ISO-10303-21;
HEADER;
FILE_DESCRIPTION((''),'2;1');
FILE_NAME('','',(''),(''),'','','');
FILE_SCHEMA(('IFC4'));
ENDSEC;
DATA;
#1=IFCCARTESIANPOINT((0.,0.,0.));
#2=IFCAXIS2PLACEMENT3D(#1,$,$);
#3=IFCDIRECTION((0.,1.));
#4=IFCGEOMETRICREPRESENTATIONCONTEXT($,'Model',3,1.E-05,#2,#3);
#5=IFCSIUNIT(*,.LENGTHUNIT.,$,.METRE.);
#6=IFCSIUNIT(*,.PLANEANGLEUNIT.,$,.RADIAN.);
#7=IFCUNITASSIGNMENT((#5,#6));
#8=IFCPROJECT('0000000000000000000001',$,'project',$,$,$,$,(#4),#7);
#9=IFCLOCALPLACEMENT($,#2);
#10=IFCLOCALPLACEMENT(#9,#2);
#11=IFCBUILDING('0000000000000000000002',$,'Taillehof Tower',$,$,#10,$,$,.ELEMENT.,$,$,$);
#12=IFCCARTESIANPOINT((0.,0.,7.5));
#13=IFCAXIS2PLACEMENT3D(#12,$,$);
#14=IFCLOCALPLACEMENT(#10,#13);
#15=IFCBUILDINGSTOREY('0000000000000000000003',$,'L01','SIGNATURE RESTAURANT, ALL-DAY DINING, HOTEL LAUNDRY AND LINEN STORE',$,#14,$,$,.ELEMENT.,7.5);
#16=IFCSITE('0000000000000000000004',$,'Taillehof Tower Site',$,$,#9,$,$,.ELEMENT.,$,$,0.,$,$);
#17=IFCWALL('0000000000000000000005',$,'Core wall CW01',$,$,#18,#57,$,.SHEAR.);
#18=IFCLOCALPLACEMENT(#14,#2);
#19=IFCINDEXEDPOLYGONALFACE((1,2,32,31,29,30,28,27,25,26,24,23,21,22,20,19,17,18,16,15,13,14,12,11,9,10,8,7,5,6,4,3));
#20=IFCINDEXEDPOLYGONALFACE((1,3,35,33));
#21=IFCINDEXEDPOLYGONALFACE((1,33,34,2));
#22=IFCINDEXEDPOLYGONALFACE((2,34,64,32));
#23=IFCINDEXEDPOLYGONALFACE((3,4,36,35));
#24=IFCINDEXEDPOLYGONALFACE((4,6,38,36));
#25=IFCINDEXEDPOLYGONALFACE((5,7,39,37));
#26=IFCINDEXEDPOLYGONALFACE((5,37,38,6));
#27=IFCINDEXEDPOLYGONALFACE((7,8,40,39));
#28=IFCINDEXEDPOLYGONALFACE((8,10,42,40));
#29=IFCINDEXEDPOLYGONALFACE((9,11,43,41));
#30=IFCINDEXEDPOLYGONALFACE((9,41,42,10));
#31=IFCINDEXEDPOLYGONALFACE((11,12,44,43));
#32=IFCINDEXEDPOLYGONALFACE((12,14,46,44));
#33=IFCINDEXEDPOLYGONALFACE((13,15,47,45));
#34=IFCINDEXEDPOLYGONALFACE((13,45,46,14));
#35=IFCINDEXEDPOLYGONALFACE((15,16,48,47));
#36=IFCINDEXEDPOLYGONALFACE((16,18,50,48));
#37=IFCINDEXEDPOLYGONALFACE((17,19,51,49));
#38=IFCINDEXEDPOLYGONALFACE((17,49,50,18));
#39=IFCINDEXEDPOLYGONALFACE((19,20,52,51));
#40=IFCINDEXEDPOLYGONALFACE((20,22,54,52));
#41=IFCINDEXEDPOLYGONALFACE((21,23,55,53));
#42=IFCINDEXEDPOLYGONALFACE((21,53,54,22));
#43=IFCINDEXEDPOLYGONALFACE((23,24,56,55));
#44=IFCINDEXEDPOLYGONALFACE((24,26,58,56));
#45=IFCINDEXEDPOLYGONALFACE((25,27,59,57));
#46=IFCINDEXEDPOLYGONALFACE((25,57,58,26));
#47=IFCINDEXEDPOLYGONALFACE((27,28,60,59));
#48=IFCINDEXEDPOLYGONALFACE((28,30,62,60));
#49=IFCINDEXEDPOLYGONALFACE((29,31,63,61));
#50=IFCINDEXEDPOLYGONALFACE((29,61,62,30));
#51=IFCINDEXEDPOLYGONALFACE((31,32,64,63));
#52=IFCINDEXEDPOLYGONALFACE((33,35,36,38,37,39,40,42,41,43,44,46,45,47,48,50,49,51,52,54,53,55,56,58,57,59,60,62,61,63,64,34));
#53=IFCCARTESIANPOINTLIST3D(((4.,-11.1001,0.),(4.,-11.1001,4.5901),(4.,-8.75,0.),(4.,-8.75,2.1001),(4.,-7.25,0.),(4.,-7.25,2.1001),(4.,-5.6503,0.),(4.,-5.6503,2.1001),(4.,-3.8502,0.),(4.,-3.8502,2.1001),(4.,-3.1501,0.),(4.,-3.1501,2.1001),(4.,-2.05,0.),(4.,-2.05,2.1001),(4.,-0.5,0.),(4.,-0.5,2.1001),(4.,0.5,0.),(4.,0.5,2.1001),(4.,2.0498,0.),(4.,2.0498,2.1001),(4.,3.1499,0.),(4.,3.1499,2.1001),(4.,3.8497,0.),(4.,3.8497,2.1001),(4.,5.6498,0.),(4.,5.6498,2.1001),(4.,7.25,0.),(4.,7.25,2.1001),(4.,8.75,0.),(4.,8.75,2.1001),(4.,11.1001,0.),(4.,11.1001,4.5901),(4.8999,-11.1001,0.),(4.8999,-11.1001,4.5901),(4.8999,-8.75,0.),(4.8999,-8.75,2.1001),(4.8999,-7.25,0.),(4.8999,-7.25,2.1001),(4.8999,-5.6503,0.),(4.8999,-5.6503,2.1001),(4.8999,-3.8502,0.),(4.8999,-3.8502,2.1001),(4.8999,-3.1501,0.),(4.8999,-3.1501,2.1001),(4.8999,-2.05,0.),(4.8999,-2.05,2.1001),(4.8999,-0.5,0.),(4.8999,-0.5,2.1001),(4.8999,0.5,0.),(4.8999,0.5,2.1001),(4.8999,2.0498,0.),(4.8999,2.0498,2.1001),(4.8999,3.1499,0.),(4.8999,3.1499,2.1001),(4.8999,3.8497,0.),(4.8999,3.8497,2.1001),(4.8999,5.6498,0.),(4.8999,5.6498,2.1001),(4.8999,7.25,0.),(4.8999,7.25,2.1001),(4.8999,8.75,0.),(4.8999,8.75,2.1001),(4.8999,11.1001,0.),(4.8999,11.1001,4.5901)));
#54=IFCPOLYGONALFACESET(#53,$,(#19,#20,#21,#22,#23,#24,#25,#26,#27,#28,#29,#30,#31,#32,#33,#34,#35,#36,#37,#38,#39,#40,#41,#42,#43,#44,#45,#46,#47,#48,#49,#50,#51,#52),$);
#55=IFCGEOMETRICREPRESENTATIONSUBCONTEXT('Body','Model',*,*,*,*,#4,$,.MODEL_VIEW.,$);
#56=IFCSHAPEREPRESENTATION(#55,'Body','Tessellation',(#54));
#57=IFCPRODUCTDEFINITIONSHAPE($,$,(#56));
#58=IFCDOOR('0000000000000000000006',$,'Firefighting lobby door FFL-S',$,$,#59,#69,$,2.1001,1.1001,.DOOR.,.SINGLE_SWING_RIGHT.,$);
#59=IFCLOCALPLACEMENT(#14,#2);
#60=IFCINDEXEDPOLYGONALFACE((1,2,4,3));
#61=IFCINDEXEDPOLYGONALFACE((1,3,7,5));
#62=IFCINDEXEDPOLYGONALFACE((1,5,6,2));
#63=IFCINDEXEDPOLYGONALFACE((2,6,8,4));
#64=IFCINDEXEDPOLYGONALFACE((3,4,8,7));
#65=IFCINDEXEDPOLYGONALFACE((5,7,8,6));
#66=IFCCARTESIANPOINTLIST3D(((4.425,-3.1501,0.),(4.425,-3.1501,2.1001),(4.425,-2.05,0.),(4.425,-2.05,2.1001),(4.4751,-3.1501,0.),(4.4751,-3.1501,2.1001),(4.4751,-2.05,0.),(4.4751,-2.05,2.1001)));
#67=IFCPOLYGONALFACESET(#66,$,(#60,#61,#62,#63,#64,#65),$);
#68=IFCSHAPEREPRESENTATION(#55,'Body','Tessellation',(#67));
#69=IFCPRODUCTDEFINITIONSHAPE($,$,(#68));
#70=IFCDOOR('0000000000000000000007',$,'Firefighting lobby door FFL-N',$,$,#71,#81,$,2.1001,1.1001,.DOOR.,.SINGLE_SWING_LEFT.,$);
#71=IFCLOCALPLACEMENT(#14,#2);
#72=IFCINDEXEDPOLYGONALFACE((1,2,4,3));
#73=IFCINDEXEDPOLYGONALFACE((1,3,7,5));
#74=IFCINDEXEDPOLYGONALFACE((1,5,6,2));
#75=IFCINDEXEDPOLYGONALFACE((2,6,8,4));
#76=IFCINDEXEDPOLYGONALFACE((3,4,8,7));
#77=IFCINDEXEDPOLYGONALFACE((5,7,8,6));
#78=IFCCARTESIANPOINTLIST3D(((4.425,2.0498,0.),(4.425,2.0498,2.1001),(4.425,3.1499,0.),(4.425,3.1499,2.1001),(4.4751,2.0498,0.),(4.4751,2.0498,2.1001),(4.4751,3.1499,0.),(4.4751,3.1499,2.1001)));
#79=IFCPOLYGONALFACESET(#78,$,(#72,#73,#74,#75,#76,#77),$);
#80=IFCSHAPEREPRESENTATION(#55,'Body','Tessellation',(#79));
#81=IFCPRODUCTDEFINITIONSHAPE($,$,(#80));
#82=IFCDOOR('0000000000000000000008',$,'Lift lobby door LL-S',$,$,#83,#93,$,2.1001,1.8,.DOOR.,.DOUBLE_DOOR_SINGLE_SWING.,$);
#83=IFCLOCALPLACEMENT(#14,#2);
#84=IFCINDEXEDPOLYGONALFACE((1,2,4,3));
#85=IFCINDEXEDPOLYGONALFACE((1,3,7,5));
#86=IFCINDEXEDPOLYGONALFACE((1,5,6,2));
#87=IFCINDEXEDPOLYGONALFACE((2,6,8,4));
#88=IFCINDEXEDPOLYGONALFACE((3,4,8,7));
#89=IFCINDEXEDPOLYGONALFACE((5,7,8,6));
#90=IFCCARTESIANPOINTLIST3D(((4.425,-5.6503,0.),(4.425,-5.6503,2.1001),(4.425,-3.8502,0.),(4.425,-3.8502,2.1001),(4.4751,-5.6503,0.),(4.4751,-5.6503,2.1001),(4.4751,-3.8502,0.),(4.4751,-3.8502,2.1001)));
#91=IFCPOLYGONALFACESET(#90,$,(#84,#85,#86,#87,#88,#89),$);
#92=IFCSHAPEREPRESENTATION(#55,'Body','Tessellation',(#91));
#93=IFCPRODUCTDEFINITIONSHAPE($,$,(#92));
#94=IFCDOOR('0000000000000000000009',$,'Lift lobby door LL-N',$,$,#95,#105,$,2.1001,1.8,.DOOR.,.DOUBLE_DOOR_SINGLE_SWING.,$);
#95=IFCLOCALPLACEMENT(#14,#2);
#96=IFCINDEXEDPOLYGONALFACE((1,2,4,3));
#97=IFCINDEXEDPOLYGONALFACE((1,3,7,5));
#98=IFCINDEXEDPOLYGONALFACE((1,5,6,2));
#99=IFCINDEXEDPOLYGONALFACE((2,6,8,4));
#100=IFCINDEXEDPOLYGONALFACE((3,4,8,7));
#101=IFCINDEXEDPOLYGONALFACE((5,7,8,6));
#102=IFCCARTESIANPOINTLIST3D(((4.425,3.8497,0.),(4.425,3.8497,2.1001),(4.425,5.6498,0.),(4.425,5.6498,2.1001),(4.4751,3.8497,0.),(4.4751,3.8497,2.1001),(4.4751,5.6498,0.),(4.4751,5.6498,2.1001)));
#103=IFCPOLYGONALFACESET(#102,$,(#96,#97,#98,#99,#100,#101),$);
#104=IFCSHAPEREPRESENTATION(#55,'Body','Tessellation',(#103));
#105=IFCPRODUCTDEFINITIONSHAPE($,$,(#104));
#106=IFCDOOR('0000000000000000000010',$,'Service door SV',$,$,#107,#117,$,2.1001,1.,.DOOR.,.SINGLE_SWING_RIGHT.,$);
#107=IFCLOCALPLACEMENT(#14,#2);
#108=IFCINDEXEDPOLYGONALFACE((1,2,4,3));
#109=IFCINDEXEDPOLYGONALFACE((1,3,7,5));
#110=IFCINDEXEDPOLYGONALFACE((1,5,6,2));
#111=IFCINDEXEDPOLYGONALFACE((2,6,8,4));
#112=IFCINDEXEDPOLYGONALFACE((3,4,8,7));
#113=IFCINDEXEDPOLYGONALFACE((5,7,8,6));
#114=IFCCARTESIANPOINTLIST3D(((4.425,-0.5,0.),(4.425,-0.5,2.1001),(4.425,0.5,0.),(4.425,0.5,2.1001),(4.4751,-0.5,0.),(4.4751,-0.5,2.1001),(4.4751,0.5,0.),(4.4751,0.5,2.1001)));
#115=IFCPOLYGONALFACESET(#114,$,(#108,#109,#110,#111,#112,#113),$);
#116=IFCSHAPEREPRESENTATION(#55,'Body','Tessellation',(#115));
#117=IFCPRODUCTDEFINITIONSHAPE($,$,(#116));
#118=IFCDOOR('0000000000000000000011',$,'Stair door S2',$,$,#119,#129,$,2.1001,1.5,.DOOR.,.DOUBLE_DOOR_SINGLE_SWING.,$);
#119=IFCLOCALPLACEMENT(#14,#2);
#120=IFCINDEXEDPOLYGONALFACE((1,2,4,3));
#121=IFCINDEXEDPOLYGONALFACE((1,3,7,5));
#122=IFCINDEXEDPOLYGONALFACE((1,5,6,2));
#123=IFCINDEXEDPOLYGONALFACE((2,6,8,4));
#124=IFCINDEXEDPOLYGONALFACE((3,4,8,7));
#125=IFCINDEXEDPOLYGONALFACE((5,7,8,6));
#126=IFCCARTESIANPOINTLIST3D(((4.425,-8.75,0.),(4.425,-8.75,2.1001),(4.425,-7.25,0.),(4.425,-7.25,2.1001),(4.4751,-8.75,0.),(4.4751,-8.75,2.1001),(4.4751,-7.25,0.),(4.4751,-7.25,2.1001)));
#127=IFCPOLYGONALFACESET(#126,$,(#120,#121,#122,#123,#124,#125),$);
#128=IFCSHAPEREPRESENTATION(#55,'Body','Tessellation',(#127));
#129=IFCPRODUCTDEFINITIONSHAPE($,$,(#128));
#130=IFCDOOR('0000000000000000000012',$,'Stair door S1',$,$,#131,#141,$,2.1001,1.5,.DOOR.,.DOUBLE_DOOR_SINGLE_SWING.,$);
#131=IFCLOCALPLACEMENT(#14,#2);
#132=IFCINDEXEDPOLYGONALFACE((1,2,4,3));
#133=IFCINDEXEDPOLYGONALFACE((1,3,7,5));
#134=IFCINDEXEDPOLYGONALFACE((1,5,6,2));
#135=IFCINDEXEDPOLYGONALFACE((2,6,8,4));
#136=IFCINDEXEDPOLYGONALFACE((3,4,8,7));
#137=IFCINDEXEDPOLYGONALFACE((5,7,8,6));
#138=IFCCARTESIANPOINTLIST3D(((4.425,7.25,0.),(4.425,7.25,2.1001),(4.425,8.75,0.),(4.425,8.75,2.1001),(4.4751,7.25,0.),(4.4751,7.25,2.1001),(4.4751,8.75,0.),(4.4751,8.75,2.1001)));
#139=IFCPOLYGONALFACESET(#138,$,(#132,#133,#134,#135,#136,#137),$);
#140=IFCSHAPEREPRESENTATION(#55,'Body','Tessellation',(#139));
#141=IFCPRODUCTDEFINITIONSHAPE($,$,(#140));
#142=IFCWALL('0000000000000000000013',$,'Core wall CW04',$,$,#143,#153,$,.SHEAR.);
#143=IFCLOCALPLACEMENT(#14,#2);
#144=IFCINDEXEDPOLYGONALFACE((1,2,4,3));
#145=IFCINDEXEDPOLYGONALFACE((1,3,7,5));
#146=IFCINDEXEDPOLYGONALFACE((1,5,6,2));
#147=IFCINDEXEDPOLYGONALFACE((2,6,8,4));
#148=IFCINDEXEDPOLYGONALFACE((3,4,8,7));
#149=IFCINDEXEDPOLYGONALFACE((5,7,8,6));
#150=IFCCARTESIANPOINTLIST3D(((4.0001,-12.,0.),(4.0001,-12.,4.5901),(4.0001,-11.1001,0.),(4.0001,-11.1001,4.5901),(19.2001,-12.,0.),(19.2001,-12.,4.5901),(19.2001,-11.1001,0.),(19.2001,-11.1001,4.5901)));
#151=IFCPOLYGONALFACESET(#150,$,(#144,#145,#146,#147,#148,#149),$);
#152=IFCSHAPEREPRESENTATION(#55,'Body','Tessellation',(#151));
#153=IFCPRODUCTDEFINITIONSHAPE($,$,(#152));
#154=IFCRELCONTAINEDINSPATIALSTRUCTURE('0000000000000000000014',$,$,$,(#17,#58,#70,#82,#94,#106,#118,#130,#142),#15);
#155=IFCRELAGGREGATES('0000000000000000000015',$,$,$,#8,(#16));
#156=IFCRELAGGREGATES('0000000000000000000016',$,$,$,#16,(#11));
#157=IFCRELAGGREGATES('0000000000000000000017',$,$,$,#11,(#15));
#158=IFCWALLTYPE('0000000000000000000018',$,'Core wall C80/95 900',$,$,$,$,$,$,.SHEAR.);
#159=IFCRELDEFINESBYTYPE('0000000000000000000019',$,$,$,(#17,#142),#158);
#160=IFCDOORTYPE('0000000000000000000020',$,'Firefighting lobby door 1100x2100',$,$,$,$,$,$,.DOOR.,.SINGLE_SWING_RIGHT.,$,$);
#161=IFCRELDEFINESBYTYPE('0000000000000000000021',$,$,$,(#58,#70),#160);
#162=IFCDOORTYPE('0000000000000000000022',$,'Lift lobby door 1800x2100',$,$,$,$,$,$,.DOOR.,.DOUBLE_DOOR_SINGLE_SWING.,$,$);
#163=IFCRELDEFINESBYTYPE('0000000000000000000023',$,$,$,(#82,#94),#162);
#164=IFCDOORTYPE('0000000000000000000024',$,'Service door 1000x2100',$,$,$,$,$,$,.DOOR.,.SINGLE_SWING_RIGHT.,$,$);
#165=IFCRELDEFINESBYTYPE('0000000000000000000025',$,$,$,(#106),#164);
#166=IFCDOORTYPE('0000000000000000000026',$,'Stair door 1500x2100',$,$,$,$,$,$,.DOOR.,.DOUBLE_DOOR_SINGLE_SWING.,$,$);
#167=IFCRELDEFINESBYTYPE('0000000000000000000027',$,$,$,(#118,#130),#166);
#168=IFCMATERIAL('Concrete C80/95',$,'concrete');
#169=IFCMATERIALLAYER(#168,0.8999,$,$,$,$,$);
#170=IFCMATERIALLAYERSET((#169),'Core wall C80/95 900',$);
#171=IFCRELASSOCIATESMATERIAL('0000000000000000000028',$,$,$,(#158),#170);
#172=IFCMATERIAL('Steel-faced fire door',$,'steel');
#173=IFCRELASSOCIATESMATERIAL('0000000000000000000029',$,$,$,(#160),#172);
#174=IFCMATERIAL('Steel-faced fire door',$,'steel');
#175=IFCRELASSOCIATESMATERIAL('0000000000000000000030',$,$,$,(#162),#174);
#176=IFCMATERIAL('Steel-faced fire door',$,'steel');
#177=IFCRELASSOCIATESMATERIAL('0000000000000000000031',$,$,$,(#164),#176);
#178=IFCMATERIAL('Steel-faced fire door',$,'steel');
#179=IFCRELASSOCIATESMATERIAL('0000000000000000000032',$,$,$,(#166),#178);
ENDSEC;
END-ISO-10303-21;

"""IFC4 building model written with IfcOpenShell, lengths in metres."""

from ifc_helpers import new_model, si_unit, direction, frame, frame_2d, origin, place, context, subcontext, project, spatial, rectangle, extrude, material, layer, layer_set, type_object, element, fill, save


model = new_model("IFC4")

# Units and contexts
model_context = context("Model", 3, precision=1e-05, world=origin(), true_north=direction((0.0, 1.0)))
body_context = subcontext(model_context, "Body", "Model", "MODEL_VIEW")
ifc_project = project(units=[si_unit("LENGTHUNIT", "METRE"), si_unit("PLANEANGLEUNIT", "RADIAN")], contexts=[model_context])

# Site, building, storey
site_placement = place(None, origin())
site = spatial("IfcSite", under=ifc_project, at=site_placement, Name="Taillehof Tower Site", CompositionType="ELEMENT", RefElevation=0.0)
building_placement = place(site_placement, origin())
building = spatial("IfcBuilding", under=site, at=building_placement, Name="Taillehof Tower", CompositionType="ELEMENT")
storey_placement = place(building_placement, frame((0.0, 0.0, 7.5)))
storey = spatial("IfcBuildingStorey", under=building, at=storey_placement, Name="L01", Description="SIGNATURE RESTAURANT, ALL-DAY DINING, HOTEL LAUNDRY AND LINEN STORE", CompositionType="ELEMENT", Elevation=7.5)

# Wall, openings, doors
ifc_material_1 = material(Name="Concrete C80/95", Category="concrete")
ifc_layer_1 = layer(ifc_material_1, 0.8999)
ifc_layer_set_1 = layer_set([ifc_layer_1], Name="Core wall C80/95 900")
wall_type_1 = type_object("IfcWallType", Name="Core wall C80/95 900", PredefinedType="SHEAR", material=ifc_layer_set_1)
wall_1_placement = place(storey_placement, frame((4.45, -11.1001, 0.0), z_axis=(0.0, 0.0, 1.0), x_axis=(0.0, 1.0, 0.0)))
wall_1 = element("IfcWall", 1, at=wall_1_placement, inside=storey, type_object=wall_type_1, Name="Core wall CW01", PredefinedType="SHEAR", context=body_context, shape_type="SweptSolid", body=[
    extrude(rectangle(XDim=22.2002, YDim=0.8999, at=frame_2d((11.1001, 0.0))), origin(), (0.0, 0.0, 1.0), 4.5901),
])
opening_1_placement = place(wall_1_placement, frame((2.3501, 0.0, 0.0)))
opening_1 = element("IfcOpeningElement", 2, at=opening_1_placement, cuts=wall_1, PredefinedType="OPENING", context=body_context, shape_type="SweptSolid", body=[
    extrude(rectangle(XDim=1.5, YDim=2.1001, at=frame_2d((0.75, 1.05))), frame((0.0, 0.46, 0.0), z_axis=(0.0, -1.0, 0.0), x_axis=(1.0, 0.0, 0.0)), (0.0, 0.0, 1.0), 0.9199),
])
opening_2_placement = place(wall_1_placement, frame((5.45, 0.0, 0.0)))
opening_2 = element("IfcOpeningElement", 3, at=opening_2_placement, cuts=wall_1, PredefinedType="OPENING", context=body_context, shape_type="SweptSolid", body=[
    extrude(rectangle(XDim=1.8, YDim=2.1001, at=frame_2d((0.8999, 1.05))), frame((0.0, 0.46, 0.0), z_axis=(0.0, -1.0, 0.0), x_axis=(1.0, 0.0, 0.0)), (0.0, 0.0, 1.0), 0.9199),
])
opening_3_placement = place(wall_1_placement, frame((7.95, 0.0, 0.0)))
opening_3 = element("IfcOpeningElement", 4, at=opening_3_placement, cuts=wall_1, PredefinedType="OPENING", context=body_context, shape_type="SweptSolid", body=[
    extrude(rectangle(XDim=1.1001, YDim=2.1001, at=frame_2d((0.55, 1.05))), frame((0.0, 0.46, 0.0), z_axis=(0.0, -1.0, 0.0), x_axis=(1.0, 0.0, 0.0)), (0.0, 0.0, 1.0), 0.9199),
])
opening_4_placement = place(wall_1_placement, frame((10.6001, 0.0, 0.0)))
opening_4 = element("IfcOpeningElement", 5, at=opening_4_placement, cuts=wall_1, PredefinedType="OPENING", context=body_context, shape_type="SweptSolid", body=[
    extrude(rectangle(XDim=1.0, YDim=2.1001, at=frame_2d((0.5, 1.05))), frame((0.0, 0.46, 0.0), z_axis=(0.0, -1.0, 0.0), x_axis=(1.0, 0.0, 0.0)), (0.0, 0.0, 1.0), 0.9199),
])
opening_5_placement = place(wall_1_placement, frame((13.1499, 0.0, 0.0)))
opening_5 = element("IfcOpeningElement", 6, at=opening_5_placement, cuts=wall_1, PredefinedType="OPENING", context=body_context, shape_type="SweptSolid", body=[
    extrude(rectangle(XDim=1.1001, YDim=2.1001, at=frame_2d((0.55, 1.05))), frame((0.0, 0.46, 0.0), z_axis=(0.0, -1.0, 0.0), x_axis=(1.0, 0.0, 0.0)), (0.0, 0.0, 1.0), 0.9199),
])
opening_6_placement = place(wall_1_placement, frame((14.95, 0.0, 0.0)))
opening_6 = element("IfcOpeningElement", 7, at=opening_6_placement, cuts=wall_1, PredefinedType="OPENING", context=body_context, shape_type="SweptSolid", body=[
    extrude(rectangle(XDim=1.8, YDim=2.1001, at=frame_2d((0.8999, 1.05))), frame((0.0, 0.46, 0.0), z_axis=(0.0, -1.0, 0.0), x_axis=(1.0, 0.0, 0.0)), (0.0, 0.0, 1.0), 0.9199),
])
opening_7_placement = place(wall_1_placement, frame((18.3501, 0.0, 0.0)))
opening_7 = element("IfcOpeningElement", 8, at=opening_7_placement, cuts=wall_1, PredefinedType="OPENING", context=body_context, shape_type="SweptSolid", body=[
    extrude(rectangle(XDim=1.5, YDim=2.1001, at=frame_2d((0.75, 1.05))), frame((0.0, 0.46, 0.0), z_axis=(0.0, -1.0, 0.0), x_axis=(1.0, 0.0, 0.0)), (0.0, 0.0, 1.0), 0.9199),
])
ifc_material_2 = material(Name="Steel-faced fire door", Category="steel")
door_type_1 = type_object("IfcDoorType", Name="Firefighting lobby door 1100x2100", OperationType="SINGLE_SWING_RIGHT", PredefinedType="DOOR", material=ifc_material_2)
door_1_placement = place(opening_3_placement, origin())
door_1 = element("IfcDoor", 9, at=door_1_placement, inside=storey, type_object=door_type_1, Name="Firefighting lobby door FFL-S", OperationType="SINGLE_SWING_RIGHT", OverallHeight=2.1001, OverallWidth=1.1001, PredefinedType="DOOR", context=body_context, shape_type="SweptSolid", body=[
    extrude(rectangle(XDim=1.1001, YDim=2.1001, at=frame_2d((0.55, 1.05))), frame((0.0, 0.0249, 0.0), z_axis=(0.0, -1.0, 0.0), x_axis=(1.0, 0.0, 0.0)), (0.0, 0.0, 1.0), 0.05),
])
fill(opening_3, door_1)
door_2_placement = place(opening_5_placement, origin())
door_2 = element("IfcDoor", 10, at=door_2_placement, inside=storey, type_object=door_type_1, Name="Firefighting lobby door FFL-N", OperationType="SINGLE_SWING_LEFT", OverallHeight=2.1001, OverallWidth=1.1001, PredefinedType="DOOR", context=body_context, shape_type="SweptSolid", body=[
    extrude(rectangle(XDim=1.1001, YDim=2.1001, at=frame_2d((0.55, 1.05))), frame((0.0, 0.0249, 0.0), z_axis=(0.0, -1.0, 0.0), x_axis=(1.0, 0.0, 0.0)), (0.0, 0.0, 1.0), 0.05),
])
fill(opening_5, door_2)
ifc_material_3 = material(Name="Steel-faced fire door", Category="steel")
door_type_2 = type_object("IfcDoorType", Name="Lift lobby door 1800x2100", OperationType="DOUBLE_DOOR_SINGLE_SWING", PredefinedType="DOOR", material=ifc_material_3)
door_3_placement = place(opening_2_placement, origin())
door_3 = element("IfcDoor", 11, at=door_3_placement, inside=storey, type_object=door_type_2, Name="Lift lobby door LL-S", OperationType="DOUBLE_DOOR_SINGLE_SWING", OverallHeight=2.1001, OverallWidth=1.8, PredefinedType="DOOR", context=body_context, shape_type="SweptSolid", body=[
    extrude(rectangle(XDim=1.8, YDim=2.1001, at=frame_2d((0.8999, 1.05))), frame((0.0, 0.0249, 0.0), z_axis=(0.0, -1.0, 0.0), x_axis=(1.0, 0.0, 0.0)), (0.0, 0.0, 1.0), 0.05),
])
fill(opening_2, door_3)
door_4_placement = place(opening_6_placement, origin())
door_4 = element("IfcDoor", 12, at=door_4_placement, inside=storey, type_object=door_type_2, Name="Lift lobby door LL-N", OperationType="DOUBLE_DOOR_SINGLE_SWING", OverallHeight=2.1001, OverallWidth=1.8, PredefinedType="DOOR", context=body_context, shape_type="SweptSolid", body=[
    extrude(rectangle(XDim=1.8, YDim=2.1001, at=frame_2d((0.8999, 1.05))), frame((0.0, 0.0249, 0.0), z_axis=(0.0, -1.0, 0.0), x_axis=(1.0, 0.0, 0.0)), (0.0, 0.0, 1.0), 0.05),
])
fill(opening_6, door_4)
ifc_material_4 = material(Name="Steel-faced fire door", Category="steel")
door_type_3 = type_object("IfcDoorType", Name="Service door 1000x2100", OperationType="SINGLE_SWING_RIGHT", PredefinedType="DOOR", material=ifc_material_4)
door_5_placement = place(opening_4_placement, origin())
door_5 = element("IfcDoor", 13, at=door_5_placement, inside=storey, type_object=door_type_3, Name="Service door SV", OperationType="SINGLE_SWING_RIGHT", OverallHeight=2.1001, OverallWidth=1.0, PredefinedType="DOOR", context=body_context, shape_type="SweptSolid", body=[
    extrude(rectangle(XDim=1.0, YDim=2.1001, at=frame_2d((0.5, 1.05))), frame((0.0, 0.0249, 0.0), z_axis=(0.0, -1.0, 0.0), x_axis=(1.0, 0.0, 0.0)), (0.0, 0.0, 1.0), 0.05),
])
fill(opening_4, door_5)
ifc_material_5 = material(Name="Steel-faced fire door", Category="steel")
door_type_4 = type_object("IfcDoorType", Name="Stair door 1500x2100", OperationType="DOUBLE_DOOR_SINGLE_SWING", PredefinedType="DOOR", material=ifc_material_5)
door_6_placement = place(opening_1_placement, origin())
door_6 = element("IfcDoor", 14, at=door_6_placement, inside=storey, type_object=door_type_4, Name="Stair door S2", OperationType="DOUBLE_DOOR_SINGLE_SWING", OverallHeight=2.1001, OverallWidth=1.5, PredefinedType="DOOR", context=body_context, shape_type="SweptSolid", body=[
    extrude(rectangle(XDim=1.5, YDim=2.1001, at=frame_2d((0.75, 1.05))), frame((0.0, 0.0249, 0.0), z_axis=(0.0, -1.0, 0.0), x_axis=(1.0, 0.0, 0.0)), (0.0, 0.0, 1.0), 0.05),
])
fill(opening_1, door_6)
door_7_placement = place(opening_7_placement, origin())
door_7 = element("IfcDoor", 15, at=door_7_placement, inside=storey, type_object=door_type_4, Name="Stair door S1", OperationType="DOUBLE_DOOR_SINGLE_SWING", OverallHeight=2.1001, OverallWidth=1.5, PredefinedType="DOOR", context=body_context, shape_type="SweptSolid", body=[
    extrude(rectangle(XDim=1.5, YDim=2.1001, at=frame_2d((0.75, 1.05))), frame((0.0, 0.0249, 0.0), z_axis=(0.0, -1.0, 0.0), x_axis=(1.0, 0.0, 0.0)), (0.0, 0.0, 1.0), 0.05),
])
fill(opening_7, door_7)

# Wall
wall_2_placement = place(storey_placement, frame((4.0, -11.55, 0.0), z_axis=(0.0, 0.0, 1.0), x_axis=(1.0, 0.0, 0.0)))
element("IfcWall", 16, at=wall_2_placement, inside=storey, type_object=wall_type_1, Name="Core wall CW04", PredefinedType="SHEAR", context=body_context, shape_type="SweptSolid", body=[
    extrude(rectangle(XDim=15.2, YDim=0.8999, at=frame_2d((7.6001, 0.0))), origin(), (0.0, 0.0, 1.0), 4.5901),
])

save(model, "model.ifc")
